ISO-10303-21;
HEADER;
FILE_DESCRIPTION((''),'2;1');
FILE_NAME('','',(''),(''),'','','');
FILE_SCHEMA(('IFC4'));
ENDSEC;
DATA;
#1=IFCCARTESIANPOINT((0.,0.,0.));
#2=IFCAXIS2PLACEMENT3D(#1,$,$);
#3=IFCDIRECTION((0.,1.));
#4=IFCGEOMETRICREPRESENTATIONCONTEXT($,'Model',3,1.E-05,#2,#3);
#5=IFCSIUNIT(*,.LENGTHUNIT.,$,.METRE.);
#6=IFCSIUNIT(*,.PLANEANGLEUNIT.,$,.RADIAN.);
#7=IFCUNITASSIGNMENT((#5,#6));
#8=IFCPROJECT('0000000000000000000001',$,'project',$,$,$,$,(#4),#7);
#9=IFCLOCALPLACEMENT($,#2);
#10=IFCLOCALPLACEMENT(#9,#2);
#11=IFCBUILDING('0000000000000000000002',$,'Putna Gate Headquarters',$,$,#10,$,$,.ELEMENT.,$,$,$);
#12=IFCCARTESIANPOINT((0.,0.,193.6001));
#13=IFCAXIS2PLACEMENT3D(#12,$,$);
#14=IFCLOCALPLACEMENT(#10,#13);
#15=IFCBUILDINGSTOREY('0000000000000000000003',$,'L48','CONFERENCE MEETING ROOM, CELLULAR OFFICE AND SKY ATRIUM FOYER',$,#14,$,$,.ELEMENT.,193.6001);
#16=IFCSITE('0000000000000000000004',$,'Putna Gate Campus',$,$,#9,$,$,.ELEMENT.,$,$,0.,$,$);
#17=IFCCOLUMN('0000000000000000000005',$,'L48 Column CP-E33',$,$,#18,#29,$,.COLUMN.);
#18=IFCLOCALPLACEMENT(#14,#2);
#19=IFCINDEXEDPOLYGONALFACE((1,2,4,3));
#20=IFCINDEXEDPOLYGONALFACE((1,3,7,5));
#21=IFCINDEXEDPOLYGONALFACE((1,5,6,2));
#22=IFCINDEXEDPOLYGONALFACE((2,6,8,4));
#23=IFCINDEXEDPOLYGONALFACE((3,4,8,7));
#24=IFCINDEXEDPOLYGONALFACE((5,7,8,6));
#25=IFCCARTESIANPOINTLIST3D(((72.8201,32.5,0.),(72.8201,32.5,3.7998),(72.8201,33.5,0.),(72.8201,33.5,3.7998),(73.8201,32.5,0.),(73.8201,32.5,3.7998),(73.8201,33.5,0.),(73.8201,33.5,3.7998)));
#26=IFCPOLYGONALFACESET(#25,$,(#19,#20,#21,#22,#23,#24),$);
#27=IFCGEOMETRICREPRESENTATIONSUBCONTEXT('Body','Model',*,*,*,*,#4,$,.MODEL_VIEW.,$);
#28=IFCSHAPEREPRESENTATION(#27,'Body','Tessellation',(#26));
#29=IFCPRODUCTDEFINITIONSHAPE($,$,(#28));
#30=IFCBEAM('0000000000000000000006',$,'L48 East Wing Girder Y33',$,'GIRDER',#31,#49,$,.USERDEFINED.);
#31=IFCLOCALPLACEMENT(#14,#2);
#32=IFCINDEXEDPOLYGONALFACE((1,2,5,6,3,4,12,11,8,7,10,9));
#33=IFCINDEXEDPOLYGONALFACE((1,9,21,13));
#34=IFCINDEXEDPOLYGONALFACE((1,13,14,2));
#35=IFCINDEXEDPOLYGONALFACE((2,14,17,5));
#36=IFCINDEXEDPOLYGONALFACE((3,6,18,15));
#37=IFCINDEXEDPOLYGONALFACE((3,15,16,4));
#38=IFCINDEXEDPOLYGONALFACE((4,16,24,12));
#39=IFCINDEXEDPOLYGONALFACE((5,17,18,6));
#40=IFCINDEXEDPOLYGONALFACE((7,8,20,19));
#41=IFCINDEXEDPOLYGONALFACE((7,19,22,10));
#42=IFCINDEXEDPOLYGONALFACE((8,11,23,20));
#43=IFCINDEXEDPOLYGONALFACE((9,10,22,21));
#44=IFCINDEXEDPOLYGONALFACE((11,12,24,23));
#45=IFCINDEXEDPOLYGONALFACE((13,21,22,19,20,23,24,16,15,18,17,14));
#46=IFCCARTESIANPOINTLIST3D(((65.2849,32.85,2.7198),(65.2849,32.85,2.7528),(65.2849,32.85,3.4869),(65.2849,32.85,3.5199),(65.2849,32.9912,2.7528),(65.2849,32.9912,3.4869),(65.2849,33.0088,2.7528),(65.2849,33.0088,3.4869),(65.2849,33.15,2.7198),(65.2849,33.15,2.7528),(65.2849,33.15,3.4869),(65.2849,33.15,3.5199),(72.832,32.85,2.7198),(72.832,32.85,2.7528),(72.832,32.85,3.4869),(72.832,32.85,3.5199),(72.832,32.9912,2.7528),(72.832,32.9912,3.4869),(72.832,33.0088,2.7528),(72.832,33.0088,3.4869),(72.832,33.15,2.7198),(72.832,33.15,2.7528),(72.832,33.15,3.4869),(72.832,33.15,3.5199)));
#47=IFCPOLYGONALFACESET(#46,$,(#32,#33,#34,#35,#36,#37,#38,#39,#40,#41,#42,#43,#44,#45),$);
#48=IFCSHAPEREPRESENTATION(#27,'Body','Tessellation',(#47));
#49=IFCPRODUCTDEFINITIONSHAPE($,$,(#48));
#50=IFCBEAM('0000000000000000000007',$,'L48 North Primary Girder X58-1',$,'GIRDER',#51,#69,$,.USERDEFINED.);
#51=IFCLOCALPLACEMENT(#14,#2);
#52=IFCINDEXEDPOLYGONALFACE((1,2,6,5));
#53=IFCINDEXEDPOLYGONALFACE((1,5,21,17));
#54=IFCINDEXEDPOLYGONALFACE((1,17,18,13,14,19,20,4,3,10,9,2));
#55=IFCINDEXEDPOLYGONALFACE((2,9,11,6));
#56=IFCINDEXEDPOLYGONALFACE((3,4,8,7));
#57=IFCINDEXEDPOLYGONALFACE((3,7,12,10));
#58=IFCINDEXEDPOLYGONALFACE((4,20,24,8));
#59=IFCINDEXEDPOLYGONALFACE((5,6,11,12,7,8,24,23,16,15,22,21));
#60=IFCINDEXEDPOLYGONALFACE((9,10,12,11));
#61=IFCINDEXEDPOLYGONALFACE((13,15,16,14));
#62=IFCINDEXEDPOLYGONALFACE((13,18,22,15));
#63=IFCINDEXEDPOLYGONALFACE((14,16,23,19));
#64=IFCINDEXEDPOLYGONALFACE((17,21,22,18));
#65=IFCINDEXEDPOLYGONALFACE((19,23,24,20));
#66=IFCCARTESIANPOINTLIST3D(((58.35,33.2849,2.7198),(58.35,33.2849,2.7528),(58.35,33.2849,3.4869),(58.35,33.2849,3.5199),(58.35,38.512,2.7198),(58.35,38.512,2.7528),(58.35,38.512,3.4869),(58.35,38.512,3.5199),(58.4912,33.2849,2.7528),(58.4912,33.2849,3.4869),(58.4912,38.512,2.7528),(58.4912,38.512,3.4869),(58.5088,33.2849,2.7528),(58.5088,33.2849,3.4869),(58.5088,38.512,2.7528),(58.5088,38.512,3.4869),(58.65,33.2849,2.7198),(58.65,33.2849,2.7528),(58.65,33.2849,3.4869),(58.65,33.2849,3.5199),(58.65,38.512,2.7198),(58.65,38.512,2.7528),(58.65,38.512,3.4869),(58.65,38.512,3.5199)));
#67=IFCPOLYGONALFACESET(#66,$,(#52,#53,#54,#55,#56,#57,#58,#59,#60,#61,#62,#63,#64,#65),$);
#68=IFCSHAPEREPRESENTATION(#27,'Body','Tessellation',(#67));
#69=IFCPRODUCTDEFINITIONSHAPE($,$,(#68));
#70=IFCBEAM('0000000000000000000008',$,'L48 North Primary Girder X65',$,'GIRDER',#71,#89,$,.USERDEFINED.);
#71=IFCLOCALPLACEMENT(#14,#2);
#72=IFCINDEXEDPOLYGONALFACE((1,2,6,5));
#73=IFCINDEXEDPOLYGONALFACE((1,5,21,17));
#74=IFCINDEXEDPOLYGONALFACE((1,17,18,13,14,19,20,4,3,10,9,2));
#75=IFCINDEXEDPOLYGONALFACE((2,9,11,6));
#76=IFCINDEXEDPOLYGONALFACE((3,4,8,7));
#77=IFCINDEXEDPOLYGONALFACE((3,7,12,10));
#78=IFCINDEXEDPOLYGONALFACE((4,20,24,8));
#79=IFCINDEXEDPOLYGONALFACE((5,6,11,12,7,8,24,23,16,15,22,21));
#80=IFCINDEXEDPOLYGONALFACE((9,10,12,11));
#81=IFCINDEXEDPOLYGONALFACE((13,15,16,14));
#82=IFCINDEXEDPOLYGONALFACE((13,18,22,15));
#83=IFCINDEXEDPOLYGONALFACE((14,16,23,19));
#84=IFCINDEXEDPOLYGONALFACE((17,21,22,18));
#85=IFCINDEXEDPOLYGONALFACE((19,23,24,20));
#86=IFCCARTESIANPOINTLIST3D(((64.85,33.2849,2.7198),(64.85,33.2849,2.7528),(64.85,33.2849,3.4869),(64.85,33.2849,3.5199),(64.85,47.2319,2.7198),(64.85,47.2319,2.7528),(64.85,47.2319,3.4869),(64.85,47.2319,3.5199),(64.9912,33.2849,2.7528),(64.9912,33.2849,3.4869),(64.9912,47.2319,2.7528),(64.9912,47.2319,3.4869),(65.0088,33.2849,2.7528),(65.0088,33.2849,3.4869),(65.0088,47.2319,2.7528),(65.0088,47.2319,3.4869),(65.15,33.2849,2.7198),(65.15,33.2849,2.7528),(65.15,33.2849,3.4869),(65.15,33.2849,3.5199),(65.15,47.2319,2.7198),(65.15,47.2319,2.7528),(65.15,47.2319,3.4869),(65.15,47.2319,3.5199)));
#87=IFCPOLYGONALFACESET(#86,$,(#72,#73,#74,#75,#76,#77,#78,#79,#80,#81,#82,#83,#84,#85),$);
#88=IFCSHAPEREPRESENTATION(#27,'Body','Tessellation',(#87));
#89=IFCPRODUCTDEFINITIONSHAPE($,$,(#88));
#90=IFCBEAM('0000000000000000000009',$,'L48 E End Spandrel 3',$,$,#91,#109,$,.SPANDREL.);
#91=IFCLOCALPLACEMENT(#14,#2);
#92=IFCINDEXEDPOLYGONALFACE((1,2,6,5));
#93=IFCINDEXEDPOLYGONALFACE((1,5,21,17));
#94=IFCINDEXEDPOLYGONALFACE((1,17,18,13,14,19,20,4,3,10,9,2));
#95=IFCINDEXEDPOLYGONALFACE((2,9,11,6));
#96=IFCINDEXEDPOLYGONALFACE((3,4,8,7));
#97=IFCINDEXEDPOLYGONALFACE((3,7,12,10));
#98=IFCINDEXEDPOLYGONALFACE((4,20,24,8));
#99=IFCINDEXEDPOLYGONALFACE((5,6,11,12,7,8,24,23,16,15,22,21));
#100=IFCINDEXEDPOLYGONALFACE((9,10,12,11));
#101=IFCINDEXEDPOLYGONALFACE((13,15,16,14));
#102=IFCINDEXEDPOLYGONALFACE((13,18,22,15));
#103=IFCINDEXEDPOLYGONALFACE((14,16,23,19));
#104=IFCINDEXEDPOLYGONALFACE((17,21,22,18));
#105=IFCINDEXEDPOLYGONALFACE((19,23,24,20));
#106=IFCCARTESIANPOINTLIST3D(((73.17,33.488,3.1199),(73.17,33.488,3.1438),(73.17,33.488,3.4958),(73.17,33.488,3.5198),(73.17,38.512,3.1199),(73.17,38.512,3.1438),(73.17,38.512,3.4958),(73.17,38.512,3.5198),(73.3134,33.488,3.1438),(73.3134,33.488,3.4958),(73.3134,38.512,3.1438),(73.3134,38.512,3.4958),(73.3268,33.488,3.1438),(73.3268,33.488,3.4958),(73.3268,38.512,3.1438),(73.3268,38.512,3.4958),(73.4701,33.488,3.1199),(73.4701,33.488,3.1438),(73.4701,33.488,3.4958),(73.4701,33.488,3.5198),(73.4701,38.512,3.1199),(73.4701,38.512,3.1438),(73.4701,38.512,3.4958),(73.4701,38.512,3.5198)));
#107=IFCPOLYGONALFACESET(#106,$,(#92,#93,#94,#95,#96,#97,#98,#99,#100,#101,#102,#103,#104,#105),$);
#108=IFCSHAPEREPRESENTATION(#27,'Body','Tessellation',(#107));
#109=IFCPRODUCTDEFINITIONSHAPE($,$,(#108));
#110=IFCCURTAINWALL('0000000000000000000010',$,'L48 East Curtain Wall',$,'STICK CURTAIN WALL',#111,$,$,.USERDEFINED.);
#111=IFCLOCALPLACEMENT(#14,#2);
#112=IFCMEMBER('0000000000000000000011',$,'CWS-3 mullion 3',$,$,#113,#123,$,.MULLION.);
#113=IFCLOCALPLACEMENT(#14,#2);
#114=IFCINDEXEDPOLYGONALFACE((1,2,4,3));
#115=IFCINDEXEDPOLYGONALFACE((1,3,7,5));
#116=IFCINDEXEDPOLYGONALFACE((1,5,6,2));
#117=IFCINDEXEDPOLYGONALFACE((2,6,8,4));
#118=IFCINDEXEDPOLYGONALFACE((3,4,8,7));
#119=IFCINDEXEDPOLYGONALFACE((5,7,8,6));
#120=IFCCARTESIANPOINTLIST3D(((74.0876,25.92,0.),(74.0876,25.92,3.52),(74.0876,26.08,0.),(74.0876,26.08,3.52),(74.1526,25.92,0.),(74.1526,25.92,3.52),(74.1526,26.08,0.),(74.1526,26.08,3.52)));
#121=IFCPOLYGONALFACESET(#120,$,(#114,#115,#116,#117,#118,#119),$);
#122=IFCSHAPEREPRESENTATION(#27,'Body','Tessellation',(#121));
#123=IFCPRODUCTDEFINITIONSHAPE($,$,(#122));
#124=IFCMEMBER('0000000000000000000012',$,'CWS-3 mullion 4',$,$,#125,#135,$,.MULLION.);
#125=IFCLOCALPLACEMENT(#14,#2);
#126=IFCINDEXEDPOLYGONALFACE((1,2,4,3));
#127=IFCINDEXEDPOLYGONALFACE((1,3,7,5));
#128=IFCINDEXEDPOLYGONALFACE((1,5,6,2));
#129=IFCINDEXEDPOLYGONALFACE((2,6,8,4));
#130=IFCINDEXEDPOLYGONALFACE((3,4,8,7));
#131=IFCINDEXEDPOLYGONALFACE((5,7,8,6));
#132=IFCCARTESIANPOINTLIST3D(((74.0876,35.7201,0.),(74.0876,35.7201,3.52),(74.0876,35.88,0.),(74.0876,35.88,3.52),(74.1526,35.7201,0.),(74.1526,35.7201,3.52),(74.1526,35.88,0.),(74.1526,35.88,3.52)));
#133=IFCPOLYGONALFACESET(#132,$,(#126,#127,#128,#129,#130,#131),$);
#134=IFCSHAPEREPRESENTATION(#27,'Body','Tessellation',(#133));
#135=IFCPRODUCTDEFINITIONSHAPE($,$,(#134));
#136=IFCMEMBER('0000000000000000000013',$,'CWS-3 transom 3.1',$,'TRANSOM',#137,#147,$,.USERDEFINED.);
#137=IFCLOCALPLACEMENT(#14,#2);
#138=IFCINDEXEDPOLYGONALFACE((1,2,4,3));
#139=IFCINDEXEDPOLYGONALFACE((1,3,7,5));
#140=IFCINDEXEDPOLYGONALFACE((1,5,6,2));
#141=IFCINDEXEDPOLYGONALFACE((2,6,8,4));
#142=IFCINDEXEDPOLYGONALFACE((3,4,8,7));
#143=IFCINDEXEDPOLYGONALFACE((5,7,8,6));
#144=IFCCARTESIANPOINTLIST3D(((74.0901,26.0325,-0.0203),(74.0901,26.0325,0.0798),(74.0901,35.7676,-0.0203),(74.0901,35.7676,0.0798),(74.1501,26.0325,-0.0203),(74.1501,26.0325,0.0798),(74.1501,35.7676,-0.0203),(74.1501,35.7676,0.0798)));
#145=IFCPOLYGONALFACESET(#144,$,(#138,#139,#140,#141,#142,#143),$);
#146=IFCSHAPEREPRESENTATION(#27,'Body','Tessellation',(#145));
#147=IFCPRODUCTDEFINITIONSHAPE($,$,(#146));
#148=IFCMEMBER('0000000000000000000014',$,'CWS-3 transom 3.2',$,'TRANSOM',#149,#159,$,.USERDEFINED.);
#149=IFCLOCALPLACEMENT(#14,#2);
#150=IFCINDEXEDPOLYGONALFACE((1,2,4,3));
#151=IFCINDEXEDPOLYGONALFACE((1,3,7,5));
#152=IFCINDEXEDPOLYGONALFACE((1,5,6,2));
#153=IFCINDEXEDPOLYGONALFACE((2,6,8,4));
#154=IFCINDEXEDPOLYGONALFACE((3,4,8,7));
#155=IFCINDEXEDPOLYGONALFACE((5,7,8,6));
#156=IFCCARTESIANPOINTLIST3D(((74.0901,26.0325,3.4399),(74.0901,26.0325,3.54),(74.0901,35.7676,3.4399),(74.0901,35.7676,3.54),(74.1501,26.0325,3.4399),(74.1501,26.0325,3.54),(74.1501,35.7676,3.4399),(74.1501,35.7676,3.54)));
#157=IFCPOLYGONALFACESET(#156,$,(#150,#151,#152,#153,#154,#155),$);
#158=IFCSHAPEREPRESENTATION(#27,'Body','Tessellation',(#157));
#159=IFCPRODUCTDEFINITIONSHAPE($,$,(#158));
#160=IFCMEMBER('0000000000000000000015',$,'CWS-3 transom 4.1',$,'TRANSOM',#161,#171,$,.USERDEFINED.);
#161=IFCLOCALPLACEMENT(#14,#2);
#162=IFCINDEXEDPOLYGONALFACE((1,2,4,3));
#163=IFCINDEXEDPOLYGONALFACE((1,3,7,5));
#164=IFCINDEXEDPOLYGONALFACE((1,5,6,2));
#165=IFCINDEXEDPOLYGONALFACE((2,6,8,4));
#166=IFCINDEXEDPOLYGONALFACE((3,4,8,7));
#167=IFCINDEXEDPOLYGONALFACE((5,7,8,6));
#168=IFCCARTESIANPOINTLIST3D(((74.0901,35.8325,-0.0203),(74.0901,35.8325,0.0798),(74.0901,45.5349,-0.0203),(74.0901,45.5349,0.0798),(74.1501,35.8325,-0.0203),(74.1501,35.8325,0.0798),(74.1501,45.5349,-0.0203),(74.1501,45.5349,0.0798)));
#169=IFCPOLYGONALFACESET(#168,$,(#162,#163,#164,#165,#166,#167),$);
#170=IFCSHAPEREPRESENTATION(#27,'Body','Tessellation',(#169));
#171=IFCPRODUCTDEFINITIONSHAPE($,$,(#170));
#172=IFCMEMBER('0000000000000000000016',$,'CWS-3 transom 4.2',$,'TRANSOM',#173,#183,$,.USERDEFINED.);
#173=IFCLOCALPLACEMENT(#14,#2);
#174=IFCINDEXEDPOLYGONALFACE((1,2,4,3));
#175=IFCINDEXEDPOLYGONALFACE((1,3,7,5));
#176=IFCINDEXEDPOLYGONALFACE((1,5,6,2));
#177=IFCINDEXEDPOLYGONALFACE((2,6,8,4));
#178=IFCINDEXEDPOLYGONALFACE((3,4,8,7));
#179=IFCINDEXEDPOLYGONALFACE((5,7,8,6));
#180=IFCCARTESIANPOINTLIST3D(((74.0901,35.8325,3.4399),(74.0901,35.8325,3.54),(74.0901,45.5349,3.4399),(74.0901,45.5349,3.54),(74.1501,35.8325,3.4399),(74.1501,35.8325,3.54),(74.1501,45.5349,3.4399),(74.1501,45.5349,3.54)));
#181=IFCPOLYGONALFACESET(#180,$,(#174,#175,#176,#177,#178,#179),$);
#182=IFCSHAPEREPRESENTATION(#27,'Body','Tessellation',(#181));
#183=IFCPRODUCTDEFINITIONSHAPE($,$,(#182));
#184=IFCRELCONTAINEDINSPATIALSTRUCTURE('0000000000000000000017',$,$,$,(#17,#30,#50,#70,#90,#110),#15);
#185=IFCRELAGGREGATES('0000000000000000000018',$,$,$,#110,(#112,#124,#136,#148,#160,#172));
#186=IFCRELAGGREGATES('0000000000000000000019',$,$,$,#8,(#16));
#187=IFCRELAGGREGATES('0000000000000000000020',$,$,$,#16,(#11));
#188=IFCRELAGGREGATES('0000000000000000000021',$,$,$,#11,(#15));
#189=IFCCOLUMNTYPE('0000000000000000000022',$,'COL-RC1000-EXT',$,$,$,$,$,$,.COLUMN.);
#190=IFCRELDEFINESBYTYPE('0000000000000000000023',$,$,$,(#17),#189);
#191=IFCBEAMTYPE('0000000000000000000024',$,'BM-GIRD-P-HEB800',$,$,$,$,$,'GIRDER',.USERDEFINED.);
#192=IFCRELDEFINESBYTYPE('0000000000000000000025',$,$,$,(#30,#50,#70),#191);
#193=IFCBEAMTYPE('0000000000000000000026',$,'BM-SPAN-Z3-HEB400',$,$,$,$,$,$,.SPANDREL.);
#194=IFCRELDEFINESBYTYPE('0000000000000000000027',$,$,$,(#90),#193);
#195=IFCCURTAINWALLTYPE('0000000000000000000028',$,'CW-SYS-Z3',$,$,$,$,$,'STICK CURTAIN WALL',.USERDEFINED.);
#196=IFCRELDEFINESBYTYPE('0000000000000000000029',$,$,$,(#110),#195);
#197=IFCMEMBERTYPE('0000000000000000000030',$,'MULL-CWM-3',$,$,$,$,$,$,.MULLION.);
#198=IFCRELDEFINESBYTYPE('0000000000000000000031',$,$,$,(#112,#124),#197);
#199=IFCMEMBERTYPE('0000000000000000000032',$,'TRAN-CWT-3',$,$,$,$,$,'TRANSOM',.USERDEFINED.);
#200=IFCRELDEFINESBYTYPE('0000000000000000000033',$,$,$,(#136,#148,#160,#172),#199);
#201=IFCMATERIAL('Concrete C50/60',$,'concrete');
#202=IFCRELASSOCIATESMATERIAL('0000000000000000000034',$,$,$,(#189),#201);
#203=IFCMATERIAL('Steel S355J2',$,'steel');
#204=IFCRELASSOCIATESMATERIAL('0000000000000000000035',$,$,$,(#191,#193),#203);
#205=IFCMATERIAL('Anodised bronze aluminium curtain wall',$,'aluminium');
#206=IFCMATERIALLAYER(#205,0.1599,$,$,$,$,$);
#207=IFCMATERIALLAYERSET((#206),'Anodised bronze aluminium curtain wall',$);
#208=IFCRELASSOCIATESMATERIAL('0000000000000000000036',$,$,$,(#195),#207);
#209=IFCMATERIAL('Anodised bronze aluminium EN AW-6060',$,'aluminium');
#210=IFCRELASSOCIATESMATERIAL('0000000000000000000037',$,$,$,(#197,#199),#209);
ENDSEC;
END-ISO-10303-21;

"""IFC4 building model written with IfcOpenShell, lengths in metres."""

from ifc_helpers import new_model, si_unit, direction, frame, origin, origin_2d, place, context, subcontext, project, spatial, rectangle, i_section, extrude, material, layer, layer_set, material_profile, profile_set, type_object, element, aggregate, save


model = new_model("IFC4")

# Units and contexts
model_context = context("Model", 3, precision=1e-05, world=origin(), true_north=direction((0.0, 1.0)))
body_context = subcontext(model_context, "Body", "Model", "MODEL_VIEW")
ifc_project = project(units=[si_unit("LENGTHUNIT", "METRE"), si_unit("PLANEANGLEUNIT", "RADIAN")], contexts=[model_context])

# Site, building, storey
site_placement = place(None, origin())
site = spatial("IfcSite", under=ifc_project, at=site_placement, Name="Putna Gate Campus", CompositionType="ELEMENT", RefElevation=0.0)
building_placement = place(site_placement, origin())
building = spatial("IfcBuilding", under=site, at=building_placement, Name="Putna Gate Headquarters", CompositionType="ELEMENT")
storey_placement = place(building_placement, frame((0.0, 0.0, 193.6001)))
storey = spatial("IfcBuildingStorey", under=building, at=storey_placement, Name="L48", Description="CONFERENCE MEETING ROOM, CELLULAR OFFICE AND SKY ATRIUM FOYER", CompositionType="ELEMENT", Elevation=193.6001)

# Column
ifc_material_1 = material(Name="Concrete C50/60", Category="concrete")
ifc_material_profile_1 = material_profile(ifc_material_1, rectangle(XDim=1.0, YDim=1.0, at=origin_2d()), Name="Concrete C50/60")
ifc_profile_set_1 = profile_set([ifc_material_profile_1], Name="Concrete C50/60")
column_type = type_object("IfcColumnType", Name="COL-RC1000-EXT", PredefinedType="COLUMN", material=ifc_profile_set_1)
column_placement = place(storey_placement, frame((73.3201, 33.0, 0.0), z_axis=(0.0, 0.0, 1.0), x_axis=(1.0, 0.0, 0.0)))
element("IfcColumn", 1, at=column_placement, inside=storey, type_object=column_type, Name="L48 Column CP-E33", PredefinedType="COLUMN", context=body_context, shape_type="SweptSolid", body=[
    extrude(rectangle(XDim=1.0, YDim=1.0, at=origin_2d()), origin(), (0.0, 0.0, 1.0), 3.7998),
])

# Beams
ifc_material_2 = material(Name="Steel S355J2", Category="steel")
ifc_material_profile_2 = material_profile(ifc_material_2, i_section(OverallWidth=0.3, OverallDepth=0.8, WebThickness=0.0176, FlangeThickness=0.033, at=origin_2d()), Name="Steel S355J2")
ifc_profile_set_2 = profile_set([ifc_material_profile_2], Name="Steel S355J2")
beam_type_1 = type_object("IfcBeamType", Name="BM-GIRD-P-HEB800", ElementType="GIRDER", PredefinedType="USERDEFINED", material=ifc_profile_set_2)
beam_1_placement = place(storey_placement, frame((65.2849, 33.0, 3.1199), z_axis=(1.0, 0.0, 0.0), x_axis=(0.0, 1.0, 0.0)))
element("IfcBeam", 2, at=beam_1_placement, inside=storey, type_object=beam_type_1, Name="L48 East Wing Girder Y33", ObjectType="GIRDER", PredefinedType="USERDEFINED", context=body_context, shape_type="SweptSolid", body=[
    extrude(i_section(OverallWidth=0.3, OverallDepth=0.8, WebThickness=0.0176, FlangeThickness=0.033, at=origin_2d()), origin(), (0.0, 0.0, 1.0), 7.5471),
])
beam_2_placement = place(storey_placement, frame((58.5, 33.2849, 3.1199), z_axis=(0.0, 1.0, 0.0), x_axis=(-1.0, 0.0, 0.0)))
element("IfcBeam", 3, at=beam_2_placement, inside=storey, type_object=beam_type_1, Name="L48 North Primary Girder X58-1", ObjectType="GIRDER", PredefinedType="USERDEFINED", context=body_context, shape_type="SweptSolid", body=[
    extrude(i_section(OverallWidth=0.3, OverallDepth=0.8, WebThickness=0.0176, FlangeThickness=0.033, at=origin_2d()), origin(), (0.0, 0.0, 1.0), 5.2271),
])
beam_3_placement = place(storey_placement, frame((65.0, 33.2849, 3.1199), z_axis=(0.0, 1.0, 0.0), x_axis=(-1.0, 0.0, 0.0)))
element("IfcBeam", 4, at=beam_3_placement, inside=storey, type_object=beam_type_1, Name="L48 North Primary Girder X65", ObjectType="GIRDER", PredefinedType="USERDEFINED", context=body_context, shape_type="SweptSolid", body=[
    extrude(i_section(OverallWidth=0.3, OverallDepth=0.8, WebThickness=0.0176, FlangeThickness=0.033, at=origin_2d()), origin(), (0.0, 0.0, 1.0), 13.947),
])
ifc_material_profile_3 = material_profile(ifc_material_2, i_section(OverallWidth=0.3, OverallDepth=0.3999, WebThickness=0.0134, FlangeThickness=0.0239, at=origin_2d()), Name="Steel S355J2")
ifc_profile_set_3 = profile_set([ifc_material_profile_3], Name="Steel S355J2")
beam_type_2 = type_object("IfcBeamType", Name="BM-SPAN-Z3-HEB400", PredefinedType="SPANDREL", material=ifc_profile_set_3)
beam_4_placement = place(storey_placement, frame((73.3201, 33.488, 3.3198), z_axis=(0.0, 1.0, 0.0), x_axis=(-1.0, 0.0, 0.0)))
element("IfcBeam", 5, at=beam_4_placement, inside=storey, type_object=beam_type_2, Name="L48 E End Spandrel 3", PredefinedType="SPANDREL", context=body_context, shape_type="SweptSolid", body=[
    extrude(i_section(OverallWidth=0.3, OverallDepth=0.3999, WebThickness=0.0134, FlangeThickness=0.0239, at=origin_2d()), origin(), (0.0, 0.0, 1.0), 5.0239),
])

# Curtain wall, members
ifc_material_3 = material(Name="Anodised bronze aluminium curtain wall", Category="aluminium")
ifc_layer_1 = layer(ifc_material_3, 0.1599)
ifc_layer_set_1 = layer_set([ifc_layer_1], Name="Anodised bronze aluminium curtain wall")
curtain_wall_type = type_object("IfcCurtainWallType", Name="CW-SYS-Z3", ElementType="STICK CURTAIN WALL", PredefinedType="USERDEFINED", material=ifc_layer_set_1)
curtain_wall_placement = place(storey_placement, origin())
curtain_wall = element("IfcCurtainWall", 6, at=curtain_wall_placement, inside=storey, type_object=curtain_wall_type, Name="L48 East Curtain Wall", ObjectType="STICK CURTAIN WALL", PredefinedType="USERDEFINED")
ifc_material_4 = material(Name="Anodised bronze aluminium EN AW-6060", Category="aluminium")
ifc_material_profile_4 = material_profile(ifc_material_4, rectangle(XDim=0.0649, YDim=0.1599, at=origin_2d()), Name="Anodised bronze aluminium EN AW-6060")
ifc_profile_set_4 = profile_set([ifc_material_profile_4], Name="Anodised bronze aluminium EN AW-6060")
member_type_1 = type_object("IfcMemberType", Name="MULL-CWM-3", PredefinedType="MULLION", material=ifc_profile_set_4)
member_1_placement = place(storey_placement, frame((74.1201, 26.0, 0.0), z_axis=(0.0, 0.0, 1.0), x_axis=(-1.0, 0.0, 0.0)))
member_1 = element("IfcMember", 7, at=member_1_placement, type_object=member_type_1, Name="CWS-3 mullion 3", PredefinedType="MULLION", context=body_context, shape_type="SweptSolid", body=[
    extrude(rectangle(XDim=0.0649, YDim=0.1599, at=origin_2d()), origin(), (0.0, 0.0, 1.0), 3.52),
])
member_2_placement = place(storey_placement, frame((74.1201, 35.8, 0.0), z_axis=(0.0, 0.0, 1.0), x_axis=(-1.0, 0.0, 0.0)))
member_2 = element("IfcMember", 8, at=member_2_placement, type_object=member_type_1, Name="CWS-3 mullion 4", PredefinedType="MULLION", context=body_context, shape_type="SweptSolid", body=[
    extrude(rectangle(XDim=0.0649, YDim=0.1599, at=origin_2d()), origin(), (0.0, 0.0, 1.0), 3.52),
])
ifc_material_profile_5 = material_profile(ifc_material_4, rectangle(XDim=0.0601, YDim=0.1001, at=origin_2d()), Name="Anodised bronze aluminium EN AW-6060")
ifc_profile_set_5 = profile_set([ifc_material_profile_5], Name="Anodised bronze aluminium EN AW-6060")
member_type_2 = type_object("IfcMemberType", Name="TRAN-CWT-3", ElementType="TRANSOM", PredefinedType="USERDEFINED", material=ifc_profile_set_5)
member_3_placement = place(storey_placement, frame((74.1201, 26.0325, 0.0298), z_axis=(0.0, 1.0, 0.0), x_axis=(-1.0, 0.0, 0.0)))
member_3 = element("IfcMember", 9, at=member_3_placement, type_object=member_type_2, Name="CWS-3 transom 3.1", ObjectType="TRANSOM", PredefinedType="USERDEFINED", context=body_context, shape_type="SweptSolid", body=[
    extrude(rectangle(XDim=0.0601, YDim=0.1001, at=origin_2d()), origin(), (0.0, 0.0, 1.0), 9.7351),
])
member_4_placement = place(storey_placement, frame((74.1201, 26.0325, 3.49), z_axis=(0.0, 1.0, 0.0), x_axis=(-1.0, 0.0, 0.0)))
member_4 = element("IfcMember", 10, at=member_4_placement, type_object=member_type_2, Name="CWS-3 transom 3.2", ObjectType="TRANSOM", PredefinedType="USERDEFINED", context=body_context, shape_type="SweptSolid", body=[
    extrude(rectangle(XDim=0.0601, YDim=0.1001, at=origin_2d()), origin(), (0.0, 0.0, 1.0), 9.7351),
])
member_5_placement = place(storey_placement, frame((74.1201, 35.8325, 0.0298), z_axis=(0.0, 1.0, 0.0), x_axis=(-1.0, 0.0, 0.0)))
member_5 = element("IfcMember", 11, at=member_5_placement, type_object=member_type_2, Name="CWS-3 transom 4.1", ObjectType="TRANSOM", PredefinedType="USERDEFINED", context=body_context, shape_type="SweptSolid", body=[
    extrude(rectangle(XDim=0.0601, YDim=0.1001, at=origin_2d()), origin(), (0.0, 0.0, 1.0), 9.7024),
])
member_6_placement = place(storey_placement, frame((74.1201, 35.8325, 3.49), z_axis=(0.0, 1.0, 0.0), x_axis=(-1.0, 0.0, 0.0)))
member_6 = element("IfcMember", 12, at=member_6_placement, type_object=member_type_2, Name="CWS-3 transom 4.2", ObjectType="TRANSOM", PredefinedType="USERDEFINED", context=body_context, shape_type="SweptSolid", body=[
    extrude(rectangle(XDim=0.0601, YDim=0.1001, at=origin_2d()), origin(), (0.0, 0.0, 1.0), 9.7024),
])
aggregate(curtain_wall, [member_1, member_2, member_3, member_4, member_5, member_6])

save(model, "model.ifc")
